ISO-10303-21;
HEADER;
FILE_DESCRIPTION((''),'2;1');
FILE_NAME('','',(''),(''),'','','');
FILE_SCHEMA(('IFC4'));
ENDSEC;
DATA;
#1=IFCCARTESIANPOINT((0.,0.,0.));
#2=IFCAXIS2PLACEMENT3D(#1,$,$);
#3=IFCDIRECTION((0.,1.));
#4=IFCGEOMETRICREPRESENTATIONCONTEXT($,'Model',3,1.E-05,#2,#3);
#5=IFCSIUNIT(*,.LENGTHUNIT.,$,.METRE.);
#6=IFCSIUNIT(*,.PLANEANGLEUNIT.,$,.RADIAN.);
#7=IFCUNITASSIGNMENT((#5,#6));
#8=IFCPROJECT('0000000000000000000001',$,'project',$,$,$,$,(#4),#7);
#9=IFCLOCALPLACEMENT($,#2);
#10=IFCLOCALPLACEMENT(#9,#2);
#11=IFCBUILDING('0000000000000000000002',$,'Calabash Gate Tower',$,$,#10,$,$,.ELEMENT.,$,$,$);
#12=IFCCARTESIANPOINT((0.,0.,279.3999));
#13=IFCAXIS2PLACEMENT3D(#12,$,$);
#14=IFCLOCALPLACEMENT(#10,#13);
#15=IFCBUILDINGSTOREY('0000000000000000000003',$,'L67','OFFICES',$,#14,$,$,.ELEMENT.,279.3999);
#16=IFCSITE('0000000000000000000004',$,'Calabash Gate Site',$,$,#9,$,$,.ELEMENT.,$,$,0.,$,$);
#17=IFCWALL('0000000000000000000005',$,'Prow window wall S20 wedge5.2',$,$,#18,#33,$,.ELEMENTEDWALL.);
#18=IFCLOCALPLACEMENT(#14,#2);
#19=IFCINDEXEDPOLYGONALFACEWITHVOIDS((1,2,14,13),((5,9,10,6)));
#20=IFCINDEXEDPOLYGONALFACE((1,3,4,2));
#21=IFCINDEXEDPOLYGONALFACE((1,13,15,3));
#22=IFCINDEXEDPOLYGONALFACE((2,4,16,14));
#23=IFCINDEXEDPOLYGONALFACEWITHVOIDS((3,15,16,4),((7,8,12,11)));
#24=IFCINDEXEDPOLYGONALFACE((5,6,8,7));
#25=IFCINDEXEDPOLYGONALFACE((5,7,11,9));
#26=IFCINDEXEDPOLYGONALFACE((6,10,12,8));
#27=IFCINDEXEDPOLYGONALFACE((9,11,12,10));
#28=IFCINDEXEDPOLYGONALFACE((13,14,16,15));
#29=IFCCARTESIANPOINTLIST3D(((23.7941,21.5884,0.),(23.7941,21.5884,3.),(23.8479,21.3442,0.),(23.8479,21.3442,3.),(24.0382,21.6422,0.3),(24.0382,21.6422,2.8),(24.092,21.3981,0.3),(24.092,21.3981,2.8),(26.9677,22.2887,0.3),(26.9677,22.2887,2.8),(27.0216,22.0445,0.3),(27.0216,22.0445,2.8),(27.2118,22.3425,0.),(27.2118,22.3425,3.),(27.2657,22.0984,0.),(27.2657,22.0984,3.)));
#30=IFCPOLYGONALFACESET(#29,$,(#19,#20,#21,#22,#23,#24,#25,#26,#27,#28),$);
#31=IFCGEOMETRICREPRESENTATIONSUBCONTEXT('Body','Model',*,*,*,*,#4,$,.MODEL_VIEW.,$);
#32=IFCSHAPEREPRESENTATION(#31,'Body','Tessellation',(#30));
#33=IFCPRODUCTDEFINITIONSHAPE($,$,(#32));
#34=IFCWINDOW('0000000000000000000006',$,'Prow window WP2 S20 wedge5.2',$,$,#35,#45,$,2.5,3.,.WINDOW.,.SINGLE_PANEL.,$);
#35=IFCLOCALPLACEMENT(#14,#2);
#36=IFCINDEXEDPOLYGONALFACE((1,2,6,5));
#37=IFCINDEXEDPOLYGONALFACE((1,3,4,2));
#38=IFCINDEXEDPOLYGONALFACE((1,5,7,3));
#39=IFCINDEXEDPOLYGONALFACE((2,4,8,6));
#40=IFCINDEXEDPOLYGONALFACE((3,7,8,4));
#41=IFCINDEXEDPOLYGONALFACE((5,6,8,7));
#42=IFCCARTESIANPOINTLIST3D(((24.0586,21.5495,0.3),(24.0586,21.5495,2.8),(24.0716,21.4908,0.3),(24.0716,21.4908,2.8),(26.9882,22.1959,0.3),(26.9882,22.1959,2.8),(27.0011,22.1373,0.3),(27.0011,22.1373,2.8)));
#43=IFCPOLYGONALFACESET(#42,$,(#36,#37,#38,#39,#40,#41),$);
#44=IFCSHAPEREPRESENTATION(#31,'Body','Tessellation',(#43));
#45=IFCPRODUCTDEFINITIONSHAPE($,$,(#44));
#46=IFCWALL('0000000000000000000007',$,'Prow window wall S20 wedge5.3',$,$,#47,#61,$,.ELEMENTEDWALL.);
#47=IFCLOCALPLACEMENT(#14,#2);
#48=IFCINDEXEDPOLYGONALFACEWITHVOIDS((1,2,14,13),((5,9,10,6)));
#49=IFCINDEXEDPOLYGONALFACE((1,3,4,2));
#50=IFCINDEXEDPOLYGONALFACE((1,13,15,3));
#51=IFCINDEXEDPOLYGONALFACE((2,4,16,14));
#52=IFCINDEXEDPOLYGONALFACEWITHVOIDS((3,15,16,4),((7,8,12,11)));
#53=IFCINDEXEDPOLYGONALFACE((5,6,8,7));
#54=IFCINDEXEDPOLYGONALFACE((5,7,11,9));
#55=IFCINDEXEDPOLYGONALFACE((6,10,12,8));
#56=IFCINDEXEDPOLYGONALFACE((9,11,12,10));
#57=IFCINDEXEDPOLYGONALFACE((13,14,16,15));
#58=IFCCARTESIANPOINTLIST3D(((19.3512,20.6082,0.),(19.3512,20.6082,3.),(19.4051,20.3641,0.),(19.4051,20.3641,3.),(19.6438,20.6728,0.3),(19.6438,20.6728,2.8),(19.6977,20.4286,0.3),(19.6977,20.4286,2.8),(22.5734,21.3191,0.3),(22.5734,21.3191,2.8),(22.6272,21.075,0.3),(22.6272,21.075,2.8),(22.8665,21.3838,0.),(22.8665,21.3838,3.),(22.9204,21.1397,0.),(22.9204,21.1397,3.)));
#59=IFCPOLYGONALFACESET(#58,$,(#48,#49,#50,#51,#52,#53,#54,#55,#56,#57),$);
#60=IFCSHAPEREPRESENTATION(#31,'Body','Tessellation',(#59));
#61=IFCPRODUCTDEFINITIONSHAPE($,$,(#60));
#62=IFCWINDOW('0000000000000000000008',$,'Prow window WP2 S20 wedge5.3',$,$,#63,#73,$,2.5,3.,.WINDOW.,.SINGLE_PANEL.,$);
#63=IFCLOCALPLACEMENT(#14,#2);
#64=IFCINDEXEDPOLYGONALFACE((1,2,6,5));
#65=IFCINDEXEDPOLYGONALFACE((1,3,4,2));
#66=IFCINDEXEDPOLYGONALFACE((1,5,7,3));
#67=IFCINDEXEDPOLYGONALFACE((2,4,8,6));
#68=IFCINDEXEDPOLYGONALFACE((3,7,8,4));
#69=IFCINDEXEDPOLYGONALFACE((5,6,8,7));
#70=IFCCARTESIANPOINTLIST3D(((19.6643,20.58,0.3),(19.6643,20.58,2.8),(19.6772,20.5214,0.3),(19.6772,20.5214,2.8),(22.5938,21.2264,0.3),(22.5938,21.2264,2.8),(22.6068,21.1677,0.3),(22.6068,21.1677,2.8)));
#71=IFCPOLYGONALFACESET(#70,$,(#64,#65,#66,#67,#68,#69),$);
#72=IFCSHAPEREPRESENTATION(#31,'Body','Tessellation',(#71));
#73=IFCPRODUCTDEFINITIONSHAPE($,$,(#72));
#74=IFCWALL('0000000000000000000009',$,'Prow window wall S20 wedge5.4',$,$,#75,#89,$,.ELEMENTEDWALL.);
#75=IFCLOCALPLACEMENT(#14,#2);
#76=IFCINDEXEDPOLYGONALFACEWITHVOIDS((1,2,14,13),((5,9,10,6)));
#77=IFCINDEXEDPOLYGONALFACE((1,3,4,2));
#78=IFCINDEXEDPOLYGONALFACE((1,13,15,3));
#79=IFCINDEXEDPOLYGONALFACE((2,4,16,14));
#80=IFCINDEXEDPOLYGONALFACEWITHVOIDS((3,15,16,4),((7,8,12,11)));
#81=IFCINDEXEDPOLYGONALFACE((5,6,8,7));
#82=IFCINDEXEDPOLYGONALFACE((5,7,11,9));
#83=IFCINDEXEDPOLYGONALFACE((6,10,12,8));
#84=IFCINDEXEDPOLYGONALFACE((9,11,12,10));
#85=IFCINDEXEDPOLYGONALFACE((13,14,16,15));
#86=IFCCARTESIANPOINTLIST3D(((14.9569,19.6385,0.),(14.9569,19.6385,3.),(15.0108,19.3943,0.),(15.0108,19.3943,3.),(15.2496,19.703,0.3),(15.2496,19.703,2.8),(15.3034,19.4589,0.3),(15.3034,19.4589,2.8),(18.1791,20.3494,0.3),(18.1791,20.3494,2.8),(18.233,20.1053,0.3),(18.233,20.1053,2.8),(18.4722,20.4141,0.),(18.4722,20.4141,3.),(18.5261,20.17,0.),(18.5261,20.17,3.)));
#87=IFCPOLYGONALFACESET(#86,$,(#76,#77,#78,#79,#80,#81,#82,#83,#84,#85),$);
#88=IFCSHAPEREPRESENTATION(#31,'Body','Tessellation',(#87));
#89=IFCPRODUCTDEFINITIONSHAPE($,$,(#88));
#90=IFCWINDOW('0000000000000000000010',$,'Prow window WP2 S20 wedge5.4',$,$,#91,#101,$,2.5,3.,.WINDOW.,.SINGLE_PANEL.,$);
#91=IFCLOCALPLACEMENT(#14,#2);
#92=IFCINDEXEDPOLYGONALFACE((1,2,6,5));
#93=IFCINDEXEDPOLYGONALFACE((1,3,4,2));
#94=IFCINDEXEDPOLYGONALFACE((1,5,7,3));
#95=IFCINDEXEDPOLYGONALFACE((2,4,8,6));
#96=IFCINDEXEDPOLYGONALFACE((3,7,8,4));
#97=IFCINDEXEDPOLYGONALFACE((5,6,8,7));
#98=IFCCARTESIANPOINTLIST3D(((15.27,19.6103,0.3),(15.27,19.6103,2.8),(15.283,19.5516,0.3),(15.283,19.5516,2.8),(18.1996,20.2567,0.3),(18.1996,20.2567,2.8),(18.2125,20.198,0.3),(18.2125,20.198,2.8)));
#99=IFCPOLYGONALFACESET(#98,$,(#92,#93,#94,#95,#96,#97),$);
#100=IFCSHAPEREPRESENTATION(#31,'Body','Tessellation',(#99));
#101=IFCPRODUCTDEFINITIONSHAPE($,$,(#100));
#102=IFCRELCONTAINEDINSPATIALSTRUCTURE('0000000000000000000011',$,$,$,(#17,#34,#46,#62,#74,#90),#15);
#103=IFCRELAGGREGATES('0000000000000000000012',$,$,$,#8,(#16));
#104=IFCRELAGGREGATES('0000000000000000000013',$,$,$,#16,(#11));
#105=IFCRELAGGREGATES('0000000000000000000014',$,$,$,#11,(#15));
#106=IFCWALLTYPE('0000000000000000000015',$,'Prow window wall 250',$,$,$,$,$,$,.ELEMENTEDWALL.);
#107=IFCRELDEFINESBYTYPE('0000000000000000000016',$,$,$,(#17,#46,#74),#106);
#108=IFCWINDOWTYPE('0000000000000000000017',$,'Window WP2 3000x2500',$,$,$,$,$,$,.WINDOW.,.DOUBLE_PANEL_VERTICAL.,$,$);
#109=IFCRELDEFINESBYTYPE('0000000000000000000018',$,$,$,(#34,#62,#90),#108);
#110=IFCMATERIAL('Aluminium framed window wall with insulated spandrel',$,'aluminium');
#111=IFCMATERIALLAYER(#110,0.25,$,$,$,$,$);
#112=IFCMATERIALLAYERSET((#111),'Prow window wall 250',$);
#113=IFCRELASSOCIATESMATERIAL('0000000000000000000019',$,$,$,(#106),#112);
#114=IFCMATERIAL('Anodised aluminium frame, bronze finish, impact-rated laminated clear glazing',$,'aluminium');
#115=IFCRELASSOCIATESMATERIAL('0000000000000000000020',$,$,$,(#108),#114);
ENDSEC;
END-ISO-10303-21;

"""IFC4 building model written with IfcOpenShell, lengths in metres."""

from ifc_helpers import new_model, si_unit, direction, frame, frame_2d, origin, place, context, subcontext, project, spatial, rectangle, extrude, material, layer, layer_set, type_object, element, fill, save


model = new_model("IFC4")

# Units and contexts
model_context = context("Model", 3, precision=1e-05, world=origin(), true_north=direction((0.0, 1.0)))
body_context = subcontext(model_context, "Body", "Model", "MODEL_VIEW")
ifc_project = project(units=[si_unit("LENGTHUNIT", "METRE"), si_unit("PLANEANGLEUNIT", "RADIAN")], contexts=[model_context])

# Site, building, storey
site_placement = place(None, origin())
site = spatial("IfcSite", under=ifc_project, at=site_placement, Name="Calabash Gate Site", CompositionType="ELEMENT", RefElevation=0.0)
building_placement = place(site_placement, origin())
building = spatial("IfcBuilding", under=site, at=building_placement, Name="Calabash Gate Tower", CompositionType="ELEMENT")
storey_placement = place(building_placement, frame((0.0, 0.0, 279.3999)))
storey = spatial("IfcBuildingStorey", under=building, at=storey_placement, Name="L67", Description="OFFICES", CompositionType="ELEMENT", Elevation=279.3999)

# Walls, openings, windows
ifc_material_1 = material(Name="Aluminium framed window wall with insulated spandrel", Category="aluminium")
ifc_layer_1 = layer(ifc_material_1, 0.25)
ifc_layer_set_1 = layer_set([ifc_layer_1], Name="Prow window wall 250")
wall_type_1 = type_object("IfcWallType", Name="Prow window wall 250", PredefinedType="ELEMENTEDWALL", material=ifc_layer_set_1)
ifc_material_2 = material(Name="Anodised aluminium frame, bronze finish, impact-rated laminated clear glazing", Category="aluminium")
window_type = type_object("IfcWindowType", Name="Window WP2 3000x2500", PartitioningType="DOUBLE_PANEL_VERTICAL", PredefinedType="WINDOW", material=ifc_material_2)
wall_1_placement = place(storey_placement, frame((27.2388, 22.2205, 0.0), z_axis=(0.0, 0.0, 1.0), x_axis=(-0.976509, -0.215475, 0.0)))
wall_1 = element("IfcWall", 1, at=wall_1_placement, inside=storey, type_object=wall_type_1, Name="Prow window wall S20 wedge5.2", PredefinedType="ELEMENTEDWALL", context=body_context, shape_type="SweptSolid", body=[
    extrude(rectangle(XDim=3.5, YDim=0.25, at=frame_2d((1.75, 0.0))), origin(), (0.0, 0.0, 1.0), 3.0),
])
opening_1_placement = place(wall_1_placement, frame((0.25, 0.0, 0.3)))
opening_1 = element("IfcOpeningElement", 2, at=opening_1_placement, cuts=wall_1, PredefinedType="OPENING", context=body_context, shape_type="SweptSolid", body=[
    extrude(rectangle(XDim=3.0, YDim=2.5, at=frame_2d((1.5, 1.25))), frame((0.0, 0.135, 0.0), z_axis=(0.0, -1.0, 0.0), x_axis=(1.0, 0.0, 0.0)), (0.0, 0.0, 1.0), 0.27),
])
window_1_placement = place(opening_1_placement, origin())
window_1 = element("IfcWindow", 3, at=window_1_placement, inside=storey, type_object=window_type, Name="Prow window WP2 S20 wedge5.2", OverallHeight=2.5, OverallWidth=3.0, PartitioningType="SINGLE_PANEL", PredefinedType="WINDOW", context=body_context, shape_type="SweptSolid", body=[
    extrude(rectangle(XDim=3.0, YDim=2.5, at=frame_2d((1.5, 1.25))), frame((0.0, 0.03, 0.0), z_axis=(0.0, -1.0, 0.0), x_axis=(1.0, 0.0, 0.0)), (0.0, 0.0, 1.0), 0.0601),
])
fill(opening_1, window_1)
wall_2_placement = place(storey_placement, frame((22.8933, 21.2617, 0.0), z_axis=(0.0, 0.0, 1.0), x_axis=(-0.976513, -0.215458, 0.0)))
wall_2 = element("IfcWall", 4, at=wall_2_placement, inside=storey, type_object=wall_type_1, Name="Prow window wall S20 wedge5.3", PredefinedType="ELEMENTEDWALL", context=body_context, shape_type="SweptSolid", body=[
    extrude(rectangle(XDim=3.5999, YDim=0.25, at=frame_2d((1.7998, 0.0))), origin(), (0.0, 0.0, 1.0), 3.0),
])
opening_2_placement = place(wall_2_placement, frame((0.3, 0.0, 0.3)))
opening_2 = element("IfcOpeningElement", 5, at=opening_2_placement, cuts=wall_2, PredefinedType="OPENING", context=body_context, shape_type="SweptSolid", body=[
    extrude(rectangle(XDim=3.0, YDim=2.5, at=frame_2d((1.5, 1.25))), frame((0.0, 0.135, 0.0), z_axis=(0.0, -1.0, 0.0), x_axis=(1.0, 0.0, 0.0)), (0.0, 0.0, 1.0), 0.27),
])
window_2_placement = place(opening_2_placement, origin())
window_2 = element("IfcWindow", 6, at=window_2_placement, inside=storey, type_object=window_type, Name="Prow window WP2 S20 wedge5.3", OverallHeight=2.5, OverallWidth=3.0, PartitioningType="SINGLE_PANEL", PredefinedType="WINDOW", context=body_context, shape_type="SweptSolid", body=[
    extrude(rectangle(XDim=3.0, YDim=2.5, at=frame_2d((1.5, 1.25))), frame((0.0, 0.03, 0.0), z_axis=(0.0, -1.0, 0.0), x_axis=(1.0, 0.0, 0.0)), (0.0, 0.0, 1.0), 0.0601),
])
fill(opening_2, window_2)
wall_3_placement = place(storey_placement, frame((18.499, 20.292, 0.0), z_axis=(0.0, 0.0, 1.0), x_axis=(-0.976513, -0.215458, 0.0)))
wall_3 = element("IfcWall", 7, at=wall_3_placement, inside=storey, type_object=wall_type_1, Name="Prow window wall S20 wedge5.4", PredefinedType="ELEMENTEDWALL", context=body_context, shape_type="SweptSolid", body=[
    extrude(rectangle(XDim=3.5999, YDim=0.25, at=frame_2d((1.7998, 0.0))), origin(), (0.0, 0.0, 1.0), 3.0),
])
opening_3_placement = place(wall_3_placement, frame((0.3, 0.0, 0.3)))
opening_3 = element("IfcOpeningElement", 8, at=opening_3_placement, cuts=wall_3, PredefinedType="OPENING", context=body_context, shape_type="SweptSolid", body=[
    extrude(rectangle(XDim=3.0, YDim=2.5, at=frame_2d((1.5, 1.25))), frame((0.0, 0.135, 0.0), z_axis=(0.0, -1.0, 0.0), x_axis=(1.0, 0.0, 0.0)), (0.0, 0.0, 1.0), 0.27),
])
window_3_placement = place(opening_3_placement, origin())
window_3 = element("IfcWindow", 9, at=window_3_placement, inside=storey, type_object=window_type, Name="Prow window WP2 S20 wedge5.4", OverallHeight=2.5, OverallWidth=3.0, PartitioningType="SINGLE_PANEL", PredefinedType="WINDOW", context=body_context, shape_type="SweptSolid", body=[
    extrude(rectangle(XDim=3.0, YDim=2.5, at=frame_2d((1.5, 1.25))), frame((0.0, 0.03, 0.0), z_axis=(0.0, -1.0, 0.0), x_axis=(1.0, 0.0, 0.0)), (0.0, 0.0, 1.0), 0.0601),
])
fill(opening_3, window_3)

save(model, "model.ifc")
